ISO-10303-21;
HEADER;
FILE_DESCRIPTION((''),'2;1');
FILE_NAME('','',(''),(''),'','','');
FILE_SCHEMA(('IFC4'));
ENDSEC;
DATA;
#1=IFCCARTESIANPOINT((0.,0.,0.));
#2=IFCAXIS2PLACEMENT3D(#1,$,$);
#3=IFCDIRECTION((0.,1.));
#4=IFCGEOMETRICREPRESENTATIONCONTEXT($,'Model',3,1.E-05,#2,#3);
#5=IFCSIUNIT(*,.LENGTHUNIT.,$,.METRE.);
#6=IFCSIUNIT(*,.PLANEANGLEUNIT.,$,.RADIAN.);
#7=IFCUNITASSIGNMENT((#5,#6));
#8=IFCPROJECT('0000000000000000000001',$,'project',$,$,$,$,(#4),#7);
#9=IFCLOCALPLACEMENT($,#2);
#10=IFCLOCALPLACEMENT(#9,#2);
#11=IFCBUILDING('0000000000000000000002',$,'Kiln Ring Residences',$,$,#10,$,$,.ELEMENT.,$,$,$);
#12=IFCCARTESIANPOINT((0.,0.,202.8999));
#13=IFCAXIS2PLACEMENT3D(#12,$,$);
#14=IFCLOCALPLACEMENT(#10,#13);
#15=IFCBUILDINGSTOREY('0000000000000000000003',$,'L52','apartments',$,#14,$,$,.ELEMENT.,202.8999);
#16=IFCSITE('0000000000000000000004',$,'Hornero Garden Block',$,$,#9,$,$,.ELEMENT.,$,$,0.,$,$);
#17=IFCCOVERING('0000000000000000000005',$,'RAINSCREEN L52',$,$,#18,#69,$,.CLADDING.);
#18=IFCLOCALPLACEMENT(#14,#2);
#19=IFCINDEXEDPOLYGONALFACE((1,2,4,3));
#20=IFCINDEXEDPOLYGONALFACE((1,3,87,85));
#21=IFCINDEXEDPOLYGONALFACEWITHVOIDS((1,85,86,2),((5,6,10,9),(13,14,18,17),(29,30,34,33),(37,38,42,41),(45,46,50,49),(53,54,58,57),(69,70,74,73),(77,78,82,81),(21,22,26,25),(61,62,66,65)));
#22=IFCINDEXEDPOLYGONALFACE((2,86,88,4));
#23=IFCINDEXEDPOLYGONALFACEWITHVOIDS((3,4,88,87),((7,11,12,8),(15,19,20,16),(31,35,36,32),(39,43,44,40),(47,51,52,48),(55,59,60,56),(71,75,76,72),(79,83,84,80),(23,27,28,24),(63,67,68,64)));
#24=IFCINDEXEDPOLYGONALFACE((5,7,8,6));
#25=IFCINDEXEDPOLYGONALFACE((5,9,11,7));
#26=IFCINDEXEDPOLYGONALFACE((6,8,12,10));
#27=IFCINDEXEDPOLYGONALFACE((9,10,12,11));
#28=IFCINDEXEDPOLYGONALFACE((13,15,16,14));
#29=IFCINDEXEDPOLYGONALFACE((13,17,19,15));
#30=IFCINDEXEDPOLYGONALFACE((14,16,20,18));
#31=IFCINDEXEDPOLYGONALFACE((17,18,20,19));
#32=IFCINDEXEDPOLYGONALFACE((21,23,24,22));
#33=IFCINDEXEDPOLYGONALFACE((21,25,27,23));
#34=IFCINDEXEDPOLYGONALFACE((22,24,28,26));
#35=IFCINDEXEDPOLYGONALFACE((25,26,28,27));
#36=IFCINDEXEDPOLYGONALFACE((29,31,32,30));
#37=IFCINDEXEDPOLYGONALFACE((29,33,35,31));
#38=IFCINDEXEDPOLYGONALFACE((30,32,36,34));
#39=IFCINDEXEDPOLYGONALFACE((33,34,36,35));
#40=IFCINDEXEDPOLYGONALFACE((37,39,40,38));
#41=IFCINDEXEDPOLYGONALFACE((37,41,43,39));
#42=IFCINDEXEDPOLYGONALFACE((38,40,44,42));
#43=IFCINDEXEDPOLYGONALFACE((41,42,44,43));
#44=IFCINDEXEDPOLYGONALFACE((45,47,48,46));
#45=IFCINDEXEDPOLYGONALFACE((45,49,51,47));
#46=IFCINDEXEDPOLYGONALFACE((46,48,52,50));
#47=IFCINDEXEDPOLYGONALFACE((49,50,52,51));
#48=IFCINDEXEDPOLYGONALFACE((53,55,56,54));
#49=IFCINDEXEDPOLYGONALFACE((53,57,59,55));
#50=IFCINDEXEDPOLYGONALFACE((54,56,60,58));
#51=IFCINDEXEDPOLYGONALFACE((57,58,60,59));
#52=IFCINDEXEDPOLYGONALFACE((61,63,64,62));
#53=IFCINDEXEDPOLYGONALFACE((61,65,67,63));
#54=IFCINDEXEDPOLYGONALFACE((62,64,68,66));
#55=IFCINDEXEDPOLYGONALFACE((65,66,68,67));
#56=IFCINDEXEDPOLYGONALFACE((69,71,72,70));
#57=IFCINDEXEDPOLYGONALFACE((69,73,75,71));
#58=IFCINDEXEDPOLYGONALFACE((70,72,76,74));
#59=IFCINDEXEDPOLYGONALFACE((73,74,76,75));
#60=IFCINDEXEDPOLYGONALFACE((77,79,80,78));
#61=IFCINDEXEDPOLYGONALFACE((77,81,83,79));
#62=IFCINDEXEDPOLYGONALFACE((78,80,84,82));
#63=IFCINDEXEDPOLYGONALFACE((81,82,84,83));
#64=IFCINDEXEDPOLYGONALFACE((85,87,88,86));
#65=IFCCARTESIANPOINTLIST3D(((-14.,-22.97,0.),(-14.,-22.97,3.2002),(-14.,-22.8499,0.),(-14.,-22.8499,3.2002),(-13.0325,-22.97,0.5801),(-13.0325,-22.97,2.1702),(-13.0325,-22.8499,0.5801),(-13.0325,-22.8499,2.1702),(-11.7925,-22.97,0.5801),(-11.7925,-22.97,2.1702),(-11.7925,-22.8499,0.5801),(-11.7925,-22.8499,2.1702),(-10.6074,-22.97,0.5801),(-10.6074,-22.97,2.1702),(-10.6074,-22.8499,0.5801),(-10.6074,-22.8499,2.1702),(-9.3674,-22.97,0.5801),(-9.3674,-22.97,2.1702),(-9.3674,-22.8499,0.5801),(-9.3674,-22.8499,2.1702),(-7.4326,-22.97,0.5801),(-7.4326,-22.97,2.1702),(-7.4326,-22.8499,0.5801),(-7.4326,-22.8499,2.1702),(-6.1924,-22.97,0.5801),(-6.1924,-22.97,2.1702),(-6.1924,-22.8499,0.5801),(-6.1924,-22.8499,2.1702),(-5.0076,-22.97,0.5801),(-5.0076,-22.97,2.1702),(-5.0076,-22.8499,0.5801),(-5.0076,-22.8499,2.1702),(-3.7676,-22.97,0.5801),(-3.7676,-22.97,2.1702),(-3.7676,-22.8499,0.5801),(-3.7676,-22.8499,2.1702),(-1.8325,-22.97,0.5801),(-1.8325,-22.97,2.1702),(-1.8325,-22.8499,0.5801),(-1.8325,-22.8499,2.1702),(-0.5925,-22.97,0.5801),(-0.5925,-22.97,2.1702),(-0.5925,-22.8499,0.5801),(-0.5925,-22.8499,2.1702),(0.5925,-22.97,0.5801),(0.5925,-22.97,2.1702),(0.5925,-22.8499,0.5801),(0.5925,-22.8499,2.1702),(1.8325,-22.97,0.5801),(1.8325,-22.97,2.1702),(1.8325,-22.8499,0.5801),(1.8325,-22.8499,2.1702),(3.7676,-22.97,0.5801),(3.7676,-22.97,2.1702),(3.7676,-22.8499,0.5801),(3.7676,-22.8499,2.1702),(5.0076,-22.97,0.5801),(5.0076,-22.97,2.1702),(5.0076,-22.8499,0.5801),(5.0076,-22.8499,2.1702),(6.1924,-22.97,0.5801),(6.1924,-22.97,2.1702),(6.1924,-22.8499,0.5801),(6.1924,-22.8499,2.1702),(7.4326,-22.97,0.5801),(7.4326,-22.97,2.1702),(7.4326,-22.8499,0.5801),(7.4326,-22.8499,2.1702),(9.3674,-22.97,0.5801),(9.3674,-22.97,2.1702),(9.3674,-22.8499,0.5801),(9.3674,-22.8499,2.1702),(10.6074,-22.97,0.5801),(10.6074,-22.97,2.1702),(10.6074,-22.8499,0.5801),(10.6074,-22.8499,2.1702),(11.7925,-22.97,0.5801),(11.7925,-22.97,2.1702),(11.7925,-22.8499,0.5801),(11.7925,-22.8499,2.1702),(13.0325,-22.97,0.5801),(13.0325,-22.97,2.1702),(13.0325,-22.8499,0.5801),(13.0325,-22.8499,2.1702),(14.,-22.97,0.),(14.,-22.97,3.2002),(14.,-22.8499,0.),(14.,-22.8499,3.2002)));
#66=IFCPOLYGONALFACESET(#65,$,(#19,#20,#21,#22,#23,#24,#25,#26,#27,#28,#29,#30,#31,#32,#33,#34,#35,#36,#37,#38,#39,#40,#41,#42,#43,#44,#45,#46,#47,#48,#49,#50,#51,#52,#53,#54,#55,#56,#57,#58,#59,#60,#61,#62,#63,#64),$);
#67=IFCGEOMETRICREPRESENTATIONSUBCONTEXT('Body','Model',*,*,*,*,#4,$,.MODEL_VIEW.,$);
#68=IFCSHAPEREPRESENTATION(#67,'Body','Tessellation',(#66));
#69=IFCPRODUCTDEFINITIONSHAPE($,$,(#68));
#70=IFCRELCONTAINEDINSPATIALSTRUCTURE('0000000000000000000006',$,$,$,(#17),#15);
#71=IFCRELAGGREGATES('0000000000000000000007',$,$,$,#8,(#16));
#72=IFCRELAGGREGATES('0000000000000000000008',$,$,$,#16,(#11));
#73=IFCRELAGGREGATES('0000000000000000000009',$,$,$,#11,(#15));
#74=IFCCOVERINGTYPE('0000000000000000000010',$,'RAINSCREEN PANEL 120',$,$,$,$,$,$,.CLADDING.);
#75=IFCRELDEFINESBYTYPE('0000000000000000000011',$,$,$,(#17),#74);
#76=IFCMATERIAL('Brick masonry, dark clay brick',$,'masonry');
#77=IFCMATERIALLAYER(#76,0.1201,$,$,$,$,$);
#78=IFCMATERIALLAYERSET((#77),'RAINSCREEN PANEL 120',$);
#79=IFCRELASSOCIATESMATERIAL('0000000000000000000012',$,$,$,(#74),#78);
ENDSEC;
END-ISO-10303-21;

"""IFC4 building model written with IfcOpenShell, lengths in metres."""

from ifc_helpers import new_model, si_unit, direction, frame, origin, place, context, subcontext, project, spatial, polyline, outline, extrude, material, layer, layer_set, type_object, element, save


model = new_model("IFC4")

# Units and contexts
model_context = context("Model", 3, precision=1e-05, world=origin(), true_north=direction((0.0, 1.0)))
body_context = subcontext(model_context, "Body", "Model", "MODEL_VIEW")
ifc_project = project(units=[si_unit("LENGTHUNIT", "METRE"), si_unit("PLANEANGLEUNIT", "RADIAN")], contexts=[model_context])

# Site, building, storey
site_placement = place(None, origin())
site = spatial("IfcSite", under=ifc_project, at=site_placement, Name="Hornero Garden Block", CompositionType="ELEMENT", RefElevation=0.0)
building_placement = place(site_placement, origin())
building = spatial("IfcBuilding", under=site, at=building_placement, Name="Kiln Ring Residences", CompositionType="ELEMENT")
storey_placement = place(building_placement, frame((0.0, 0.0, 202.8999)))
storey = spatial("IfcBuildingStorey", under=building, at=storey_placement, Name="L52", Description="apartments", CompositionType="ELEMENT", Elevation=202.8999)

# Covering
ifc_material_1 = material(Name="Brick masonry, dark clay brick", Category="masonry")
ifc_layer_1 = layer(ifc_material_1, 0.1201)
ifc_layer_set_1 = layer_set([ifc_layer_1], Name="RAINSCREEN PANEL 120")
covering_type_1 = type_object("IfcCoveringType", Name="RAINSCREEN PANEL 120", PredefinedType="CLADDING", material=ifc_layer_set_1)
covering_1_placement = place(storey_placement, frame((-14.0, -22.9099, 0.0), z_axis=(0.0, 0.0, 1.0), x_axis=(1.0, 0.0, 0.0)))
element("IfcCovering", 1, at=covering_1_placement, inside=storey, type_object=covering_type_1, Name="RAINSCREEN L52", PredefinedType="CLADDING", context=body_context, shape_type="SweptSolid", body=[
    extrude(outline(polyline([(0.0, 0.0), (28.0, 0.0), (28.0, 3.2002), (0.0, 3.2002), (0.0, 0.0)]), holes=[polyline([(0.9675, 0.5801), (2.2075, 0.5801), (2.2075, 2.1702), (0.9675, 2.1702), (0.9675, 0.5801)]), polyline([(3.3926, 0.5801), (4.6326, 0.5801), (4.6326, 2.1702), (3.3926, 2.1702), (3.3926, 0.5801)]), polyline([(6.5674, 0.5801), (7.8076, 0.5801), (7.8076, 2.1702), (6.5674, 2.1702), (6.5674, 0.5801)]), polyline([(8.9924, 2.1702), (8.9924, 0.5801), (10.2324, 0.5801), (10.2324, 2.1702), (8.9924, 2.1702)]), polyline([(12.1675, 2.1702), (12.1675, 0.5801), (13.4075, 0.5801), (13.4075, 2.1702), (12.1675, 2.1702)]), polyline([(14.5925, 0.5801), (15.8325, 0.5801), (15.8325, 2.1702), (14.5925, 2.1702), (14.5925, 0.5801)]), polyline([(17.7676, 0.5801), (19.0076, 0.5801), (19.0076, 2.1702), (17.7676, 2.1702), (17.7676, 0.5801)]), polyline([(20.1924, 0.5801), (21.4326, 0.5801), (21.4326, 2.1702), (20.1924, 2.1702), (20.1924, 0.5801)]), polyline([(23.3674, 2.1702), (23.3674, 0.5801), (24.6074, 0.5801), (24.6074, 2.1702), (23.3674, 2.1702)]), polyline([(25.7925, 2.1702), (25.7925, 0.5801), (27.0325, 0.5801), (27.0325, 2.1702), (25.7925, 2.1702)])]), frame((0.0, 0.0601, 0.0), z_axis=(0.0, -1.0, 0.0), x_axis=(1.0, 0.0, 0.0)), (0.0, 0.0, 1.0), 0.1201),
])

save(model, "model.ifc")
